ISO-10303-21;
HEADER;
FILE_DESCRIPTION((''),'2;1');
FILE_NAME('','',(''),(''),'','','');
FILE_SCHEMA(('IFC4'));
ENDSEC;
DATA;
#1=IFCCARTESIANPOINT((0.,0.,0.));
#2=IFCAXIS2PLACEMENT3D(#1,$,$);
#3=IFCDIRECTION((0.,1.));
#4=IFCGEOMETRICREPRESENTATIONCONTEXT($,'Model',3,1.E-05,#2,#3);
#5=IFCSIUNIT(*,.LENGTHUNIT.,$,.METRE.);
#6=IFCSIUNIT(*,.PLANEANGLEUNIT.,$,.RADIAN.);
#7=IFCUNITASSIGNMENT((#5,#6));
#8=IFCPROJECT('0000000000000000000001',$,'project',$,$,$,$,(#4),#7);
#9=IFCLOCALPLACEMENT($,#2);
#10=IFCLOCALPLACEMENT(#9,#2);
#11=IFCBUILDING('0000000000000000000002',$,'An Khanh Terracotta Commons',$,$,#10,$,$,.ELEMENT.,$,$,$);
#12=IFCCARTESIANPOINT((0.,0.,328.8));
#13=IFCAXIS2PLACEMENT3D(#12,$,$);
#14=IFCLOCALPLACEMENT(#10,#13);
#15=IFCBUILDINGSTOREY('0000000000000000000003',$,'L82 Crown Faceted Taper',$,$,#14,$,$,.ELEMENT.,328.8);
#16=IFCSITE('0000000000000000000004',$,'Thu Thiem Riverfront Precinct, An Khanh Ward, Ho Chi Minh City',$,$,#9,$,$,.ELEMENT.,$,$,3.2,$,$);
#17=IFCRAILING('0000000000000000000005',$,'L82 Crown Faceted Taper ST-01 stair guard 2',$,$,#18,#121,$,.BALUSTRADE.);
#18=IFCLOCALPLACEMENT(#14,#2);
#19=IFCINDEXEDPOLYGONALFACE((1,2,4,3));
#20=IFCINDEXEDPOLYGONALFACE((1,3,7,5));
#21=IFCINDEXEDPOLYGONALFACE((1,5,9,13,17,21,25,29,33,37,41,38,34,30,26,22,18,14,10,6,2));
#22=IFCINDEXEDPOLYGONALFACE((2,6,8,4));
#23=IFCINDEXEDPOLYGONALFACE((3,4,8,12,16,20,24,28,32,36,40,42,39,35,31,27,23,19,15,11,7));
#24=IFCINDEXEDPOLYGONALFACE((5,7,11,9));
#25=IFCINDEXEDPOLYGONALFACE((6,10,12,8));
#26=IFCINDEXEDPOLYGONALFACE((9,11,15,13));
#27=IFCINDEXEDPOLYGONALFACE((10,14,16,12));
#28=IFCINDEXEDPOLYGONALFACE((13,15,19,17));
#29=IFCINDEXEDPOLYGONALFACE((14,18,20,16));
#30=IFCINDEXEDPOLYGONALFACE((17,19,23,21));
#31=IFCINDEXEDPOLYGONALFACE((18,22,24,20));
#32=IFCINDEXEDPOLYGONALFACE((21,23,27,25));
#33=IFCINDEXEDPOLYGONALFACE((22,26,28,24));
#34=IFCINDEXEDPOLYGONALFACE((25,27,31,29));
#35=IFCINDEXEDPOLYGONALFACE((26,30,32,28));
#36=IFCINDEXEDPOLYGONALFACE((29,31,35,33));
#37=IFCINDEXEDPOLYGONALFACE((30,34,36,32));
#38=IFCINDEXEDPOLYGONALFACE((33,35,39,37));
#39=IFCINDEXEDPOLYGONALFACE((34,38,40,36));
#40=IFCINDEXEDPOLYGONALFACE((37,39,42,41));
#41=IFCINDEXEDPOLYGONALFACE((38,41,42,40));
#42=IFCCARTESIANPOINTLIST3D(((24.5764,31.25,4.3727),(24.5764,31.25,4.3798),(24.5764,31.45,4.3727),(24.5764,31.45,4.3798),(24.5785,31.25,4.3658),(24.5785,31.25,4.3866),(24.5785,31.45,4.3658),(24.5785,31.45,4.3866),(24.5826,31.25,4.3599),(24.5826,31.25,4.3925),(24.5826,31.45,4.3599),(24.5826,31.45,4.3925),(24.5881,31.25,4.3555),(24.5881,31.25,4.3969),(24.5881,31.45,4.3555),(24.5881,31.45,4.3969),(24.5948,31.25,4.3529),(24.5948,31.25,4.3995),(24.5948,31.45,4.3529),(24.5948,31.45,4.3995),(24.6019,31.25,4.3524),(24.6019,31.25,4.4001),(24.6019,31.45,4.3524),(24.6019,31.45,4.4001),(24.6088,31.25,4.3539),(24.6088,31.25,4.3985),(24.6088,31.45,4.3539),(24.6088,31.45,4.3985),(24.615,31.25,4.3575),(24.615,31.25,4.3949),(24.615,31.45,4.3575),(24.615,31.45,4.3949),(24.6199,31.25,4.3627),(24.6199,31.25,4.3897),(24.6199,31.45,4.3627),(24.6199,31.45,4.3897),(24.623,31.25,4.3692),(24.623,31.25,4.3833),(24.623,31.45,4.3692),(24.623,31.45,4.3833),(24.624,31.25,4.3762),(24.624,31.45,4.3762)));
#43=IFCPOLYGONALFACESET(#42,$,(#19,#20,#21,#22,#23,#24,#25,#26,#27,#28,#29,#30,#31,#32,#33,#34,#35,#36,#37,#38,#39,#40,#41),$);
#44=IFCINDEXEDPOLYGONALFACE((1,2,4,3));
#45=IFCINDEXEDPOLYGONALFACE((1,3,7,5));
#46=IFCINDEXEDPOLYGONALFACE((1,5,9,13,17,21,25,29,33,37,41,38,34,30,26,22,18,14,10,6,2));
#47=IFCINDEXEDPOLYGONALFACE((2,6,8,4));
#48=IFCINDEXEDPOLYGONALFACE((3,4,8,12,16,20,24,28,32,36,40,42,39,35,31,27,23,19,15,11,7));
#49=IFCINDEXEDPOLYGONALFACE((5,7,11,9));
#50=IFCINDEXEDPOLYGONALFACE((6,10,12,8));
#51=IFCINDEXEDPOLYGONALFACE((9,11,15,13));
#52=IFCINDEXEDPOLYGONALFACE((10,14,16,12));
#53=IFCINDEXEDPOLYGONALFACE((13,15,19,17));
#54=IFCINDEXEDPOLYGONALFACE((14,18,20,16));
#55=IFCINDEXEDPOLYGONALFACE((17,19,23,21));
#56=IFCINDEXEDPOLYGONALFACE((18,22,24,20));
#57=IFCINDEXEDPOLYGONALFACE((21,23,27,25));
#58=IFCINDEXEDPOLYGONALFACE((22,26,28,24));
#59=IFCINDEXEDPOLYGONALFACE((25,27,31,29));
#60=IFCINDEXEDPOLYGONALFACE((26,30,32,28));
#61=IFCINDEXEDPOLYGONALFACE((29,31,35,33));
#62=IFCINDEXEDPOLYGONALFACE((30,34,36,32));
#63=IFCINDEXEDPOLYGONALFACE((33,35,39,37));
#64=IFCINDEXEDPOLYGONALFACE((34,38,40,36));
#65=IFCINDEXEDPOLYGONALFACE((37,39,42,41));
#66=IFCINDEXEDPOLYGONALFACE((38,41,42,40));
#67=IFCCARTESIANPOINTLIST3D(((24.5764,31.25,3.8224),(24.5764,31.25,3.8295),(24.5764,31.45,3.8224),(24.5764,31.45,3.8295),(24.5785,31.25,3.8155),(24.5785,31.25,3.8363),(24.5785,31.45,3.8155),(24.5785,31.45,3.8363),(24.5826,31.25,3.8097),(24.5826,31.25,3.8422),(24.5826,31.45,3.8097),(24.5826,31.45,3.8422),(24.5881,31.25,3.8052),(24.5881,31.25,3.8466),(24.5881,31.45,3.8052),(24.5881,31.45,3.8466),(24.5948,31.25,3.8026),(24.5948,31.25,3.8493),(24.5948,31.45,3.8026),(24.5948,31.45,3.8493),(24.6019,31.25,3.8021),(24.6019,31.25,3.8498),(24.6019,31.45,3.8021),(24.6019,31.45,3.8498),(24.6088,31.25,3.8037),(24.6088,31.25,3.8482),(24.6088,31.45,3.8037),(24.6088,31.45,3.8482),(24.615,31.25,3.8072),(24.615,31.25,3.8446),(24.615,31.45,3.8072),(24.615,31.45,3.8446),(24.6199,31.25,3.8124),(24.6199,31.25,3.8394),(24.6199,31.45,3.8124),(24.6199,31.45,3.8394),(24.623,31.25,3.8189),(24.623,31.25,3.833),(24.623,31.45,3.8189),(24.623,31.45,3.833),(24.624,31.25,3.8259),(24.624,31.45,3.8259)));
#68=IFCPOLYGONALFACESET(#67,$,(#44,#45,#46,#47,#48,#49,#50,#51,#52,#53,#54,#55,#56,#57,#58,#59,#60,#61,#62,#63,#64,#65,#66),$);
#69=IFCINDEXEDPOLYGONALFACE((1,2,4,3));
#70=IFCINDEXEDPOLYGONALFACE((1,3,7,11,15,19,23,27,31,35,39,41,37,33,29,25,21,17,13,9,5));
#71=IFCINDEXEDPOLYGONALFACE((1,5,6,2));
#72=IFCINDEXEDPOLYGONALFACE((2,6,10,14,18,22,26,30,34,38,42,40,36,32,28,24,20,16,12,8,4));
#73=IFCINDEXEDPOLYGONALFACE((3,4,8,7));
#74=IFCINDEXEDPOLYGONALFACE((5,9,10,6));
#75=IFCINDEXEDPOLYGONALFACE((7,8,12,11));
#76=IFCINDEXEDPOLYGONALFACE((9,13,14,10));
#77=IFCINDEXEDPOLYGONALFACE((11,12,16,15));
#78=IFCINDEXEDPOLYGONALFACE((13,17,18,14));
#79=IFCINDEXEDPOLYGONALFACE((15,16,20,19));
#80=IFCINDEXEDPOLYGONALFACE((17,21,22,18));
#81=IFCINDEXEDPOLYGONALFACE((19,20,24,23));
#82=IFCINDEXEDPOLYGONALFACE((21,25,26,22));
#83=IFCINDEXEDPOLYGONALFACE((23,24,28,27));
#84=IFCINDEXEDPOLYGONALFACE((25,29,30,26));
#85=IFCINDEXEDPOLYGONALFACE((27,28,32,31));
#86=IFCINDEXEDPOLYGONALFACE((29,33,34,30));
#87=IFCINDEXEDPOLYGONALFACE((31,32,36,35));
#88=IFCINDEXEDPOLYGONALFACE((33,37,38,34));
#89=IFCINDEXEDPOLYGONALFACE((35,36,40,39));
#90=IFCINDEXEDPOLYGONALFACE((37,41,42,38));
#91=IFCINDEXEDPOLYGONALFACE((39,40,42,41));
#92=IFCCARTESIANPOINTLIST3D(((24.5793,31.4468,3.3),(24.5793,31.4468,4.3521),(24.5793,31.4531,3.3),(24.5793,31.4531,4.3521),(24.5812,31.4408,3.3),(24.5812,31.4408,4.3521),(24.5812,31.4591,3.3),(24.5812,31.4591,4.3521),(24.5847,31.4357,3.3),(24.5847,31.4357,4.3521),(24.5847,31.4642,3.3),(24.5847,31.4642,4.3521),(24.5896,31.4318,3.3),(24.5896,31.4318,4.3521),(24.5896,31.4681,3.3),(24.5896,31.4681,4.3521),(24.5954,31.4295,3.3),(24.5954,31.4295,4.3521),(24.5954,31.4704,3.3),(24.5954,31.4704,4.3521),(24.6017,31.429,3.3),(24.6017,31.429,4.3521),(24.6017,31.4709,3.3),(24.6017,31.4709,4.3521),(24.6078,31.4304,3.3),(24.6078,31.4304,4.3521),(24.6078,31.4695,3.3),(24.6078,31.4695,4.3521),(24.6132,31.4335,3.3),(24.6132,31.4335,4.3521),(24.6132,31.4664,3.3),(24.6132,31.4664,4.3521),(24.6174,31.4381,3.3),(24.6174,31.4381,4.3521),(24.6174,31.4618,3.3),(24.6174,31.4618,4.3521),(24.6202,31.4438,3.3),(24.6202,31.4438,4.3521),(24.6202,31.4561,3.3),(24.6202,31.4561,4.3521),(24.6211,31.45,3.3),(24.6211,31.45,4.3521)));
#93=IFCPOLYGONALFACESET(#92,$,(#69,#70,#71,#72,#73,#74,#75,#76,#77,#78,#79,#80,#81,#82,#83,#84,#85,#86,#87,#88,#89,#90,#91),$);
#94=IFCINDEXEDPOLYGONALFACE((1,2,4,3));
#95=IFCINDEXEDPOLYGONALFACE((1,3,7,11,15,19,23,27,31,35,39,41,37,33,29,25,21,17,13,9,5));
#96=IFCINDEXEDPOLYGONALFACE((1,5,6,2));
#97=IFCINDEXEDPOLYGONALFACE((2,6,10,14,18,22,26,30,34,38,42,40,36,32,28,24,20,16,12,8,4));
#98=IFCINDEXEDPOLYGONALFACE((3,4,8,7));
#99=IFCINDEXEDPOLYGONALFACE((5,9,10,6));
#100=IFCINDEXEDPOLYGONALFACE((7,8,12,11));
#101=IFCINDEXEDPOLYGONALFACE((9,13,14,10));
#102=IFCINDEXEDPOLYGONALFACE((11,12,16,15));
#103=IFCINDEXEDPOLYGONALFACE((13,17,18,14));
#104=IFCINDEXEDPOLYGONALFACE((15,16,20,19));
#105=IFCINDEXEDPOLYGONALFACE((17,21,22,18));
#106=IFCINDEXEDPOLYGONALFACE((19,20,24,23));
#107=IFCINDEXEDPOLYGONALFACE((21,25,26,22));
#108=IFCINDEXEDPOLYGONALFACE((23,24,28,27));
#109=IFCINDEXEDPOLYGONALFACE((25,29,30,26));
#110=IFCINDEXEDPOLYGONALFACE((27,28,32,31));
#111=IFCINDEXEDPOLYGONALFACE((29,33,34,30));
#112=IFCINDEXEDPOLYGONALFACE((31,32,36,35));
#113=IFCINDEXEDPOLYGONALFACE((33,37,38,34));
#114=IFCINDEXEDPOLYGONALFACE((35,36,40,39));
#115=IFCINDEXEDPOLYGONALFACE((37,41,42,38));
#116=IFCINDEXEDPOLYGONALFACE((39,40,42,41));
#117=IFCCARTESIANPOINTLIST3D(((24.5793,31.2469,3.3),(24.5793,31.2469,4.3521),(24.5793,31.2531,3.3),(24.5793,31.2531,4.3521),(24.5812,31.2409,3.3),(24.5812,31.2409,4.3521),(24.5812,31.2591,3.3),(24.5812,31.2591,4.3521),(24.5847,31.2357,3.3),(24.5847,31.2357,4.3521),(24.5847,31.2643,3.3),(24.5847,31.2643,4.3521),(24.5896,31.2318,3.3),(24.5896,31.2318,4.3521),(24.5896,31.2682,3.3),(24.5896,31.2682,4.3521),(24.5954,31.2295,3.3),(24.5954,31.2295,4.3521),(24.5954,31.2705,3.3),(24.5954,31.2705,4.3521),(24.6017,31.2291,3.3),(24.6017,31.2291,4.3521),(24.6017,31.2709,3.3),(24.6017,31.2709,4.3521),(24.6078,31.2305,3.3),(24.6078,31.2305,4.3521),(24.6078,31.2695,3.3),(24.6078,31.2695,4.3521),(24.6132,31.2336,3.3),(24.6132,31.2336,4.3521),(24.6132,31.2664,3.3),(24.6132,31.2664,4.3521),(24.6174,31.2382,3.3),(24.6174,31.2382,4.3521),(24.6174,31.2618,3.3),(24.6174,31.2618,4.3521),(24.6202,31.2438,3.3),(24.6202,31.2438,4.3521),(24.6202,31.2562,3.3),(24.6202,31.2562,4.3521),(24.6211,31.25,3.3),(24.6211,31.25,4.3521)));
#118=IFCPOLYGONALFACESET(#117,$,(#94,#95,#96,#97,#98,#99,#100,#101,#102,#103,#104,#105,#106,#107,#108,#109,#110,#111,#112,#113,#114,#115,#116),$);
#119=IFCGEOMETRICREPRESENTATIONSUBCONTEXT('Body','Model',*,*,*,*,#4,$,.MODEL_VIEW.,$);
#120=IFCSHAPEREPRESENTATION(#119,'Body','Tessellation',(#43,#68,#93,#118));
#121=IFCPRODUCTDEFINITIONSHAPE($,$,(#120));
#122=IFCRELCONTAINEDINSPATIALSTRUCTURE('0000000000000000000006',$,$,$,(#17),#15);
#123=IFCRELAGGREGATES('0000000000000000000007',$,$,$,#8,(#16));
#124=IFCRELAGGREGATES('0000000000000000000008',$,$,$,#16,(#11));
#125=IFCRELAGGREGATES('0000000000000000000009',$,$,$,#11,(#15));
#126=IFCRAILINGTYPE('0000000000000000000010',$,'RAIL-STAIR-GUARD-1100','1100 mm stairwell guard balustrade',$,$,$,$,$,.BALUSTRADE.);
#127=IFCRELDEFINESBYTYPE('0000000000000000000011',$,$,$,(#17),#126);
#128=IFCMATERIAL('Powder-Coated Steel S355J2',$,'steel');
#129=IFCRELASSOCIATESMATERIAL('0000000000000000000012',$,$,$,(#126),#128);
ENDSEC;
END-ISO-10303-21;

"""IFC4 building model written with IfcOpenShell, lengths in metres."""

from ifc_helpers import new_model, si_unit, direction, frame, origin, origin_2d, place, context, subcontext, project, spatial, circle, extrude, material, type_object, element, save


model = new_model("IFC4")

# Units and contexts
model_context = context("Model", 3, precision=1e-05, world=origin(), true_north=direction((0.0, 1.0)))
body_context = subcontext(model_context, "Body", "Model", "MODEL_VIEW")
ifc_project = project(units=[si_unit("LENGTHUNIT", "METRE"), si_unit("PLANEANGLEUNIT", "RADIAN")], contexts=[model_context])

# Site, building, storey
site_placement = place(None, origin())
site = spatial("IfcSite", under=ifc_project, at=site_placement, Name="Thu Thiem Riverfront Precinct, An Khanh Ward, Ho Chi Minh City", CompositionType="ELEMENT", RefElevation=3.2)
building_placement = place(site_placement, origin())
building = spatial("IfcBuilding", under=site, at=building_placement, Name="An Khanh Terracotta Commons", CompositionType="ELEMENT")
storey_placement = place(building_placement, frame((0.0, 0.0, 328.8)))
storey = spatial("IfcBuildingStorey", under=building, at=storey_placement, Name="L82 Crown Faceted Taper", CompositionType="ELEMENT", Elevation=328.8)

# Railing
ifc_material_1 = material(Name="Powder-Coated Steel S355J2", Category="steel")
railing_type_1 = type_object("IfcRailingType", Name="RAIL-STAIR-GUARD-1100", Description="1100 mm stairwell guard balustrade", PredefinedType="BALUSTRADE", material=ifc_material_1)
railing_1_placement = place(storey_placement, frame((24.6001, 31.45, 3.3)))
element("IfcRailing", 1, at=railing_1_placement, inside=storey, type_object=railing_type_1, Name="L82 Crown Faceted Taper ST-01 stair guard 2", PredefinedType="BALUSTRADE", context=body_context, shape_type="SweptSolid", body=[
    extrude(circle(Radius=0.0239, at=origin_2d()), frame((0.0, 0.0, 1.0762), z_axis=(0.0, -1.0, 0.0), x_axis=(1.0, 0.0, 0.0)), (0.0, 0.0, 1.0), 0.2),
    extrude(circle(Radius=0.0239, at=origin_2d()), frame((0.0, 0.0, 0.5259), z_axis=(0.0, -1.0, 0.0), x_axis=(1.0, 0.0, 0.0)), (0.0, 0.0, 1.0), 0.2),
    extrude(circle(Radius=0.021, at=origin_2d()), origin(), (0.0, 0.0, 1.0), 1.052),
    extrude(circle(Radius=0.021, at=origin_2d()), frame((0.0, -0.2, 0.0)), (0.0, 0.0, 1.0), 1.052),
])

save(model, "model.ifc")
